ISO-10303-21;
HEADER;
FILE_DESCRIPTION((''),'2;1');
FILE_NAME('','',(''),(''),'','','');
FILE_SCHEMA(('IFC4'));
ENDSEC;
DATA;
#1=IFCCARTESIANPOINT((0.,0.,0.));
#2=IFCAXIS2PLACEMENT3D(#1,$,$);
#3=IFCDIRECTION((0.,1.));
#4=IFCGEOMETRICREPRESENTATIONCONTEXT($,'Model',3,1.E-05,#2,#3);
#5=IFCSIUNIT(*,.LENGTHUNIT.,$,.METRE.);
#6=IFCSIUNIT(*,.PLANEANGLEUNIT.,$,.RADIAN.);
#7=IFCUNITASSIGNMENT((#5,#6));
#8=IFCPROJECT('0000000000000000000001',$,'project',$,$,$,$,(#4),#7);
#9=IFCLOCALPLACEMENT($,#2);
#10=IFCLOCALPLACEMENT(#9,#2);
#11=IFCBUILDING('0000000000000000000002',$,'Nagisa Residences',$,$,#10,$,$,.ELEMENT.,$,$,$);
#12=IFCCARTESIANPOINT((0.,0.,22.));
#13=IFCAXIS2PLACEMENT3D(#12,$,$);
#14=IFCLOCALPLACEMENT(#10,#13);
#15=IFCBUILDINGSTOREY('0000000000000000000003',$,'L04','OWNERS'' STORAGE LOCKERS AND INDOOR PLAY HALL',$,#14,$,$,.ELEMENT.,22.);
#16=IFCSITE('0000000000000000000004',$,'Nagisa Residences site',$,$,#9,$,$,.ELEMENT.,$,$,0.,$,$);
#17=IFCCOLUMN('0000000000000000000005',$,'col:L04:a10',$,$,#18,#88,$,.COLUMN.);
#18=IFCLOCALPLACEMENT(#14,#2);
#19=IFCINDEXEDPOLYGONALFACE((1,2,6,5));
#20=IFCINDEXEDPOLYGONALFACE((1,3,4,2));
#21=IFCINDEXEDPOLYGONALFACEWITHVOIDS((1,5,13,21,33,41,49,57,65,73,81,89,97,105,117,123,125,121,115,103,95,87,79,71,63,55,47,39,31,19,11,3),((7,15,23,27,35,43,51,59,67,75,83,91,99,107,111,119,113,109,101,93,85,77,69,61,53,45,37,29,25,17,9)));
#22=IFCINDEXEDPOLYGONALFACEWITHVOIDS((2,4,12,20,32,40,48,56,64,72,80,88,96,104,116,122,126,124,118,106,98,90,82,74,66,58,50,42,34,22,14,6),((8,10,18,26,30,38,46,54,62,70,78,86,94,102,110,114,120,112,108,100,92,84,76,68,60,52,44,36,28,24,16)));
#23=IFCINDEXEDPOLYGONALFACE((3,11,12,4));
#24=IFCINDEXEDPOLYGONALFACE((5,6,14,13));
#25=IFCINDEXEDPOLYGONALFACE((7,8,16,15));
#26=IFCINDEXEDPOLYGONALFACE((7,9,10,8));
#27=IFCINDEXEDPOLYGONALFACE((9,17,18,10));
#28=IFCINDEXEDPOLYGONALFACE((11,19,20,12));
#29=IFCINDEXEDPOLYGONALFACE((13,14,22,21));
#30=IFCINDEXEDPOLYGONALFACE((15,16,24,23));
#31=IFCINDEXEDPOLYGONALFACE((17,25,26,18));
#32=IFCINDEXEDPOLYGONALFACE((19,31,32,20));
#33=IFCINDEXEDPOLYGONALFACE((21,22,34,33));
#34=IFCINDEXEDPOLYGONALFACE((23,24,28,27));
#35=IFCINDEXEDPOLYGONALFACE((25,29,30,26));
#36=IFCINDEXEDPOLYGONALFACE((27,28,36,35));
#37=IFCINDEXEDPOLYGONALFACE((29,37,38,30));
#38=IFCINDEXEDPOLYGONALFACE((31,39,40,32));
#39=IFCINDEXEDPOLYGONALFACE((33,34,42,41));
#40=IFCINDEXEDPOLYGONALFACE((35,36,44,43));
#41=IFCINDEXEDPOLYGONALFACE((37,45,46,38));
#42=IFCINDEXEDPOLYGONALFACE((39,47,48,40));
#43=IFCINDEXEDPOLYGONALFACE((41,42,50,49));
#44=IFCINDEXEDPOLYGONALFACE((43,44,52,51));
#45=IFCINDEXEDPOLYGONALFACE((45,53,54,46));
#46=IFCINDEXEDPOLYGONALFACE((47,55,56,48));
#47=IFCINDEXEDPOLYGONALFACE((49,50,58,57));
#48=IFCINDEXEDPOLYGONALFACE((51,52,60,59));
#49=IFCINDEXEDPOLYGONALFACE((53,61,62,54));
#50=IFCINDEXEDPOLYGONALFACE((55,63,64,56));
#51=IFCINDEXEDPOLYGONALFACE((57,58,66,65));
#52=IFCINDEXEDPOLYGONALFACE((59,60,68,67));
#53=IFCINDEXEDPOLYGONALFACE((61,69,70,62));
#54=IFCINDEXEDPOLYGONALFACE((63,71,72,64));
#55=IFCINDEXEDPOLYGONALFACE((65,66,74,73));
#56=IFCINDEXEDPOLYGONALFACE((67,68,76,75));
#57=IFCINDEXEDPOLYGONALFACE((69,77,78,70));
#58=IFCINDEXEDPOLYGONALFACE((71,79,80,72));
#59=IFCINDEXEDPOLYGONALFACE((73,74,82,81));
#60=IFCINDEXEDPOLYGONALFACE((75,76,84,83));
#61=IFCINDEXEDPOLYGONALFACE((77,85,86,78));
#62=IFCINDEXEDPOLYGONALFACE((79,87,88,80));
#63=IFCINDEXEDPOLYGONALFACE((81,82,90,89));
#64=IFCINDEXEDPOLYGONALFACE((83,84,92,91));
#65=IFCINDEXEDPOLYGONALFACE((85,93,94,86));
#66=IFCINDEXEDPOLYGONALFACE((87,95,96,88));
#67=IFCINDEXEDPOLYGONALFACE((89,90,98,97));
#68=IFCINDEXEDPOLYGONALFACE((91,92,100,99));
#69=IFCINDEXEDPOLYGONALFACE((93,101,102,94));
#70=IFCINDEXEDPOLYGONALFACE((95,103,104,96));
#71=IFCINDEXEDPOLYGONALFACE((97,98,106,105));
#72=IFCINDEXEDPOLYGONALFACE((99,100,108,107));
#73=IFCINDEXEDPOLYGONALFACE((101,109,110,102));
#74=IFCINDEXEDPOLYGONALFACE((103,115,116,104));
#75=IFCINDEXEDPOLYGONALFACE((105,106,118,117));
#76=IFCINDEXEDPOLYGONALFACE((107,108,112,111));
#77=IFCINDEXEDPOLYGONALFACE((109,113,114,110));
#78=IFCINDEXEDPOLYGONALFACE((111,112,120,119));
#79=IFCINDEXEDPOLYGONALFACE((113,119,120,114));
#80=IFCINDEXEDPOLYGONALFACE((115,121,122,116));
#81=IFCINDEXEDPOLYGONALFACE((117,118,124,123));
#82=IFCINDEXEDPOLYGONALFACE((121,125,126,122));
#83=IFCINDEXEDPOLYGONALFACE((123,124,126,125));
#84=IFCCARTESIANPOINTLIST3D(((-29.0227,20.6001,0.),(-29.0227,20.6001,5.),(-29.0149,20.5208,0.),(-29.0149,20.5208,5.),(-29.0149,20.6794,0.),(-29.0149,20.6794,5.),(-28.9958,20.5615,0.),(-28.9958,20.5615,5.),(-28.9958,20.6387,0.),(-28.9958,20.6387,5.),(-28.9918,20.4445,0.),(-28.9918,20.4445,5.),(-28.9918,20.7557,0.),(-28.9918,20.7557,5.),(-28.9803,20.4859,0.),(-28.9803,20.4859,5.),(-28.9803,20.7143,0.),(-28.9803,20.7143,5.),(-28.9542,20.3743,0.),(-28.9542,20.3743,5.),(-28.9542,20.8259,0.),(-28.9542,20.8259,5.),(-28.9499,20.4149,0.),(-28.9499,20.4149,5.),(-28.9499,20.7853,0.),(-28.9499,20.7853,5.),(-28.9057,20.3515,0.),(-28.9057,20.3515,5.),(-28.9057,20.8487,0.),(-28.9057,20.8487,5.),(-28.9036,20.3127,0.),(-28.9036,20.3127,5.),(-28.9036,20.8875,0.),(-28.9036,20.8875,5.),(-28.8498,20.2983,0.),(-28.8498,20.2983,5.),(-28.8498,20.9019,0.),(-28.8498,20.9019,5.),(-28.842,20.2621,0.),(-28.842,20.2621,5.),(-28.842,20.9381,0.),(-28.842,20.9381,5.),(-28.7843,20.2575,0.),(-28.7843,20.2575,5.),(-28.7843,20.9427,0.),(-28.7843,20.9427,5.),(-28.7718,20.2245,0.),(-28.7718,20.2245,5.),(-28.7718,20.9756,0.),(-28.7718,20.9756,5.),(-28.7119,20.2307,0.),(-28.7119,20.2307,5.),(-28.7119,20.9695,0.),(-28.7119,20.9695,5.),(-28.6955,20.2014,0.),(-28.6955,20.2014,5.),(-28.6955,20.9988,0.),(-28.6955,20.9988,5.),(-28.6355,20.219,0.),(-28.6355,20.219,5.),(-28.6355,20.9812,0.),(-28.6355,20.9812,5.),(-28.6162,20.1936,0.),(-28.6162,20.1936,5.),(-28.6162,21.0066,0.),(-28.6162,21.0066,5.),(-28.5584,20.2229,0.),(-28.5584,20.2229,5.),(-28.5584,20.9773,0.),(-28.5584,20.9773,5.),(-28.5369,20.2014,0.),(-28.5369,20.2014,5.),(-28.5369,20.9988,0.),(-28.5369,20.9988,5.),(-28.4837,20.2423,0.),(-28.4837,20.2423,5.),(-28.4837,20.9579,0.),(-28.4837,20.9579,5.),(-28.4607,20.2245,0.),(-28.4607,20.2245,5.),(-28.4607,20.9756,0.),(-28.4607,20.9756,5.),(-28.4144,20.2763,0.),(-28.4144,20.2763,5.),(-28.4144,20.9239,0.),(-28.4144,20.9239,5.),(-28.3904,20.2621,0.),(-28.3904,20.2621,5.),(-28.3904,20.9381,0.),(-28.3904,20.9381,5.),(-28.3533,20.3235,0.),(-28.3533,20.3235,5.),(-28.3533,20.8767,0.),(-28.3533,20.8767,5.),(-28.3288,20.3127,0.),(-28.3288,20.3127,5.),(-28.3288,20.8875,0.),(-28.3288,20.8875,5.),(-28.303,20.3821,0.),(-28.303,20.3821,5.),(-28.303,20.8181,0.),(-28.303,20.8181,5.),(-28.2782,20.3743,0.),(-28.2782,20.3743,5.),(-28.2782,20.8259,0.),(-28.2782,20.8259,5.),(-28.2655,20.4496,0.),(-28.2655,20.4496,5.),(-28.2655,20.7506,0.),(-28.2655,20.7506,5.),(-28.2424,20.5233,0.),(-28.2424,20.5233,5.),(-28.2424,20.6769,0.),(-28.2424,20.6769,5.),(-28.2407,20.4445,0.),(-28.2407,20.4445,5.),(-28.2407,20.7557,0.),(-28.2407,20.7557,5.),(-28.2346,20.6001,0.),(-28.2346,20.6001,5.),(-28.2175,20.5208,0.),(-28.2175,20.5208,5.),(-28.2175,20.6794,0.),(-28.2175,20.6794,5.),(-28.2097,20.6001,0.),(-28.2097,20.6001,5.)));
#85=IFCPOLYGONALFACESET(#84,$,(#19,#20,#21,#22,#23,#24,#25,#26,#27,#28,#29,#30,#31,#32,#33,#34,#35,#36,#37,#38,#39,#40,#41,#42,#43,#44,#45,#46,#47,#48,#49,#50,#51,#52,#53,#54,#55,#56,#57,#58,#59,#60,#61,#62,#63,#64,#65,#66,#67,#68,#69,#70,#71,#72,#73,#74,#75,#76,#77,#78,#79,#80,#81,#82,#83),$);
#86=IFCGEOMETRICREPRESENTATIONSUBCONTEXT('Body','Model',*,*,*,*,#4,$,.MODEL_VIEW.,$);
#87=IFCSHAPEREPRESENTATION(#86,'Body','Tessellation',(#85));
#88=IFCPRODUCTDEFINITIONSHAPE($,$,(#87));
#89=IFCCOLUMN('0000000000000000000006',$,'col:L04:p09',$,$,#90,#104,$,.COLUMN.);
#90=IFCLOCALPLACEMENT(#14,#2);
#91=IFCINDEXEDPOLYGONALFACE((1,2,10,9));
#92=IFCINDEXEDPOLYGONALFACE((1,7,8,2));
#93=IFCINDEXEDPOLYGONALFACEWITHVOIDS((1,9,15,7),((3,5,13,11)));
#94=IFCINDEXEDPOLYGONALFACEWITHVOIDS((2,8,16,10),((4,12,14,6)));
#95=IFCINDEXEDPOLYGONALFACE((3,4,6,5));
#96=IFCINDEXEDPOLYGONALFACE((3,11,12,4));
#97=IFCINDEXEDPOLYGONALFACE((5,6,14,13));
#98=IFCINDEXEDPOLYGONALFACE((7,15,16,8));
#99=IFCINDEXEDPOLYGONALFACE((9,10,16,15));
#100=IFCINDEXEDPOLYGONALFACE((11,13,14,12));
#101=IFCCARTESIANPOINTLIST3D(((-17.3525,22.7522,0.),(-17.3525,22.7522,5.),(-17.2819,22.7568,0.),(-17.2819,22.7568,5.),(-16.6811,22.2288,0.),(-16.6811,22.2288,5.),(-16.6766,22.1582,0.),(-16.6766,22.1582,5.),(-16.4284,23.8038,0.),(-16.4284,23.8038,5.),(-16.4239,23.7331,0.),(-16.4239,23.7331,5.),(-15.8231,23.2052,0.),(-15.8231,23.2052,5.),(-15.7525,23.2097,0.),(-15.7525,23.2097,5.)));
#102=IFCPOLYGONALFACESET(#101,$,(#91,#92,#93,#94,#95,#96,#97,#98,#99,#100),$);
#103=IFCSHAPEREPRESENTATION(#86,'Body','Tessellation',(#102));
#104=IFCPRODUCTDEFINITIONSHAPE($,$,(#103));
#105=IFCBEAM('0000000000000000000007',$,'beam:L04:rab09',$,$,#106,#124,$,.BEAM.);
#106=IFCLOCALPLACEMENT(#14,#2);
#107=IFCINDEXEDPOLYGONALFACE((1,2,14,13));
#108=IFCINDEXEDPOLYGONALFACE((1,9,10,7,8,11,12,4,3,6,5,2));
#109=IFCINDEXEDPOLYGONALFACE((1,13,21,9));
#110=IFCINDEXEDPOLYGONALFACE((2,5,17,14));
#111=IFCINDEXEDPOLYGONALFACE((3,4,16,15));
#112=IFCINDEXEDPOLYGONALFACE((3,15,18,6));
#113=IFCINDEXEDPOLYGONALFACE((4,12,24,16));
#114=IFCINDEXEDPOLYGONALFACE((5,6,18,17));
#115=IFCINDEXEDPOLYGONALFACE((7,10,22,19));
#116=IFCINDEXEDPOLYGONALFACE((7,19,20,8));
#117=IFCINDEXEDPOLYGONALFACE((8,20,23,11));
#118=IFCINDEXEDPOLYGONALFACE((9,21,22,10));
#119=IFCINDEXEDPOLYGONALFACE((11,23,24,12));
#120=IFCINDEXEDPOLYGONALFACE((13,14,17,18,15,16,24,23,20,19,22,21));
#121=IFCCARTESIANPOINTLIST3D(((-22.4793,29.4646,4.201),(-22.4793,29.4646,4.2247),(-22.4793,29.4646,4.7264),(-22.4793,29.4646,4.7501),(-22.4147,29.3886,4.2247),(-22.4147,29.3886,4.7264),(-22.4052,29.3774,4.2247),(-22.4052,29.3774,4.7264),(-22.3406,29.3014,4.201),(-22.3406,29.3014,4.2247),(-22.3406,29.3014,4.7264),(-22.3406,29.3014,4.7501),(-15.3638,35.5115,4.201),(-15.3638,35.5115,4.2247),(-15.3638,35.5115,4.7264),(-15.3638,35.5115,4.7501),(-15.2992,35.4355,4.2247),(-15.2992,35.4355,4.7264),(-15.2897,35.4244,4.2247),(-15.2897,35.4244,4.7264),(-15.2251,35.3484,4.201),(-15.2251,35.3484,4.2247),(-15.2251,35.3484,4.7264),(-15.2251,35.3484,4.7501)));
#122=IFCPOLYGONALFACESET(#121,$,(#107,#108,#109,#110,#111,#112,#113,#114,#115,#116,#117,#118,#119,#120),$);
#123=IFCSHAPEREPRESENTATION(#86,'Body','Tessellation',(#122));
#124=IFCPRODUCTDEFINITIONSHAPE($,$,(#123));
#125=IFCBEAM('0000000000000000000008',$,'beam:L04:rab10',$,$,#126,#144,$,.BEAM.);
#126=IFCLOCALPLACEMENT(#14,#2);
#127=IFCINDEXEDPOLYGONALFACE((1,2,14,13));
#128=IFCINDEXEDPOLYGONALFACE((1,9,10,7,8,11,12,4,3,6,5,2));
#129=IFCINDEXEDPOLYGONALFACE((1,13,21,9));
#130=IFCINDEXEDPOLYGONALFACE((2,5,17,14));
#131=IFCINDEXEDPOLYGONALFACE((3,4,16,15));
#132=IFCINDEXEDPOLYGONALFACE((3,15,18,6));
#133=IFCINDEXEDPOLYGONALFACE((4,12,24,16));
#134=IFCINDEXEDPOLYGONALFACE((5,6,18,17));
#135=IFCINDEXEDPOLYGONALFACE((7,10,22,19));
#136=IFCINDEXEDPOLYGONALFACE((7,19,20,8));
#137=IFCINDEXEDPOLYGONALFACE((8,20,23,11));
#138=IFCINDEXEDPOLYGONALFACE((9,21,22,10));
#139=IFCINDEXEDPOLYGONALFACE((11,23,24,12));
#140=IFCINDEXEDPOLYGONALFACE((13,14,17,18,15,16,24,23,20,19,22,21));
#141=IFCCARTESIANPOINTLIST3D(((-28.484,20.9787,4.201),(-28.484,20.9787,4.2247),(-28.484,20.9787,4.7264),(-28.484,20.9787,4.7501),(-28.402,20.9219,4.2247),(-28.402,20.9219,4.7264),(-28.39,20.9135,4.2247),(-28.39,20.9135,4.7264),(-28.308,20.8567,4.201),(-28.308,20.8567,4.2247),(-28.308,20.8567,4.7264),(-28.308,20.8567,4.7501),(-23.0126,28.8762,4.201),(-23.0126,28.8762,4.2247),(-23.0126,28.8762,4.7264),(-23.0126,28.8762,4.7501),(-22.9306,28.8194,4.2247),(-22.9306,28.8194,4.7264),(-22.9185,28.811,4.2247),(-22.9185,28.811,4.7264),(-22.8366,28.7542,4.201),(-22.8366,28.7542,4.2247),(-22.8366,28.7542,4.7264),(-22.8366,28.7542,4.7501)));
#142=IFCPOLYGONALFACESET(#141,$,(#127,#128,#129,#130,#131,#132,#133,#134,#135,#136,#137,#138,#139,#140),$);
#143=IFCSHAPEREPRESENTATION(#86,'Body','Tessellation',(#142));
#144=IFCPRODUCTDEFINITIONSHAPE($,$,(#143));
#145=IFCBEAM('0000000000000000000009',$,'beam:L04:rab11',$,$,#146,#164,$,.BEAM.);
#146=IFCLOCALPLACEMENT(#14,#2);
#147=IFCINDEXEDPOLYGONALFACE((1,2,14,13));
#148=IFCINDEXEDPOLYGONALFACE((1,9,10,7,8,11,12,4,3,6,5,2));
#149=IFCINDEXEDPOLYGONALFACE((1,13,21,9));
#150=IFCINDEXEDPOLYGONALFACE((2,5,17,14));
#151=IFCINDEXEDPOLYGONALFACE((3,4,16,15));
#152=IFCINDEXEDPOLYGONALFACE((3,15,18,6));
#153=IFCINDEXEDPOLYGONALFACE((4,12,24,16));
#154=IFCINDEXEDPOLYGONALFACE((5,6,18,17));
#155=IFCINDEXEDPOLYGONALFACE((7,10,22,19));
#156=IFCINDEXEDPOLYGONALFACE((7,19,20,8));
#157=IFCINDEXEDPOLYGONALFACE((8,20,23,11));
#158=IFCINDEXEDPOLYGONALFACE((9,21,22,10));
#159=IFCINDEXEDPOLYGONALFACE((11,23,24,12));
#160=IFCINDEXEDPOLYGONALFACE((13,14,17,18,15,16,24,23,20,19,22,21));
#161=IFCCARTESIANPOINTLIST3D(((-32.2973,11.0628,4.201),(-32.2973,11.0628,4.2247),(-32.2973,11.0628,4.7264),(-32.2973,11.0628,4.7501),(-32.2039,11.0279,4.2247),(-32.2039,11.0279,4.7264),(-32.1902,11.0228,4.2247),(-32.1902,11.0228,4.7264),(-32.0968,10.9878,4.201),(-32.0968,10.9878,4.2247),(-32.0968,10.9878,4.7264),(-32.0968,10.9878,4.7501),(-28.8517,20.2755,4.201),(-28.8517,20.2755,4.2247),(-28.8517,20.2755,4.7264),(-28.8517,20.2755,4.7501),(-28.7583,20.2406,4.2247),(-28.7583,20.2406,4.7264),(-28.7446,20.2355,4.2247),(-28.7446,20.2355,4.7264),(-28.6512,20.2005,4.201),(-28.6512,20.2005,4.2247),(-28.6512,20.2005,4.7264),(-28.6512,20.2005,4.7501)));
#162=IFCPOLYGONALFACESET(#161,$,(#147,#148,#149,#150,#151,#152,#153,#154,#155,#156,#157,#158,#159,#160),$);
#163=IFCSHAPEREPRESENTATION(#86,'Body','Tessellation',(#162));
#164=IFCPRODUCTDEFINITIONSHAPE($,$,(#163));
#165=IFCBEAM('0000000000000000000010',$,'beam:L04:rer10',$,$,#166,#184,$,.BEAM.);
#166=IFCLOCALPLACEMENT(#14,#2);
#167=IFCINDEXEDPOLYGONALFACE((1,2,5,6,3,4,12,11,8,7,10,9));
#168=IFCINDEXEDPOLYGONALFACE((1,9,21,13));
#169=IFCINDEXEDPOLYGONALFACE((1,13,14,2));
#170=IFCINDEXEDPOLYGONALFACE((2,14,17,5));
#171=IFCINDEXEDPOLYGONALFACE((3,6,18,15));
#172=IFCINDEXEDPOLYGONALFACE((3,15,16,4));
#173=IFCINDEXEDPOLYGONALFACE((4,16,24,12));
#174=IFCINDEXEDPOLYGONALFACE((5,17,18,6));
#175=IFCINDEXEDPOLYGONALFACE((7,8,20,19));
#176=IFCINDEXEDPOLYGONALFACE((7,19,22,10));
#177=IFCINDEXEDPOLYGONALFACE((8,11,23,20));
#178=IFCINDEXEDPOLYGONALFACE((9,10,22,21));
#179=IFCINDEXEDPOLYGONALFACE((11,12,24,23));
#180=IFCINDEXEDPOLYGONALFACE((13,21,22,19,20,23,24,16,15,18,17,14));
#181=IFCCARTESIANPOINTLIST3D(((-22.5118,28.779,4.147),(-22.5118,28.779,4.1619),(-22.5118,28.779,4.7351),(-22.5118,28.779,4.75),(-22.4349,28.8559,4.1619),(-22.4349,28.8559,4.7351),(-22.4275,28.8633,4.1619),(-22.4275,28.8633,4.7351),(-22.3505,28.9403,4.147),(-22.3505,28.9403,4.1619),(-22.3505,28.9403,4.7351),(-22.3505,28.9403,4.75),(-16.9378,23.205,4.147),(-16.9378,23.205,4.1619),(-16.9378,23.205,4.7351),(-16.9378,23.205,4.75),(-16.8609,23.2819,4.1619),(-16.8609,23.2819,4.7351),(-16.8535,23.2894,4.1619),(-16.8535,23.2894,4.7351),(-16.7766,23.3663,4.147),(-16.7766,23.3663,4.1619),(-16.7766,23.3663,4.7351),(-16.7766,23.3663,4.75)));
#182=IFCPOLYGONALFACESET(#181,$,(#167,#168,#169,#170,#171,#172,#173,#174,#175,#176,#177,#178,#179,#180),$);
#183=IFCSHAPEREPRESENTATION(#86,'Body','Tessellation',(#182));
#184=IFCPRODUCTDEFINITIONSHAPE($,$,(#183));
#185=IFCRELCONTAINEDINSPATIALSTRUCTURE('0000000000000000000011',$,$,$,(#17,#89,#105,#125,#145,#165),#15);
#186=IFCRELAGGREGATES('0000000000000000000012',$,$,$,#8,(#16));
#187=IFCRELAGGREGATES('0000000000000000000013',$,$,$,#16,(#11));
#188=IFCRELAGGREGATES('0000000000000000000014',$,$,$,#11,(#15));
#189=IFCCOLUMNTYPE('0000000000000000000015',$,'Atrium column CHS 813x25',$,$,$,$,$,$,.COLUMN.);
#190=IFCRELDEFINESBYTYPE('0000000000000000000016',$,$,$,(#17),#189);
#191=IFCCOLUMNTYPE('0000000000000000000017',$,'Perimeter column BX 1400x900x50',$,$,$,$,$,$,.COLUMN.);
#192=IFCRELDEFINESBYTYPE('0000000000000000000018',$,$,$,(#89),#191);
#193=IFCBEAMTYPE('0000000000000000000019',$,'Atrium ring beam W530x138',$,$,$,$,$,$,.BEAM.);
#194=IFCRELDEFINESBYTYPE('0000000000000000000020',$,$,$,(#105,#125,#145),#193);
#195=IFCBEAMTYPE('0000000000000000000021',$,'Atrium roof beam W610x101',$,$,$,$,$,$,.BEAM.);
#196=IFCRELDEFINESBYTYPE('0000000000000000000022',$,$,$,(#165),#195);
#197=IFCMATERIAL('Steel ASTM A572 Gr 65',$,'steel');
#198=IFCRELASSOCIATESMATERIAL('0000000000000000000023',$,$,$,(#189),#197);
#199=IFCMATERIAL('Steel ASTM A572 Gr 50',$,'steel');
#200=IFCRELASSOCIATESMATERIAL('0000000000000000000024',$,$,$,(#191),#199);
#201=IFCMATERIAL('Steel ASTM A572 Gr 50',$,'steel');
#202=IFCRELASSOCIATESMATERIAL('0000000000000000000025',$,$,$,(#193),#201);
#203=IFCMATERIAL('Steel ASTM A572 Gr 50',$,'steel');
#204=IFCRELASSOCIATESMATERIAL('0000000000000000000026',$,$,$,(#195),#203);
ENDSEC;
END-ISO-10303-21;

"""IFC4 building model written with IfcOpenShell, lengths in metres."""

from ifc_helpers import new_model, si_unit, direction, frame, origin, origin_2d, place, context, subcontext, project, spatial, hollow_rectangle, hollow_circle, i_section, extrude, material, material_profile, profile_set, type_object, element, save


model = new_model("IFC4")

# Units and contexts
model_context = context("Model", 3, precision=1e-05, world=origin(), true_north=direction((0.0, 1.0)))
body_context = subcontext(model_context, "Body", "Model", "MODEL_VIEW")
ifc_project = project(units=[si_unit("LENGTHUNIT", "METRE"), si_unit("PLANEANGLEUNIT", "RADIAN")], contexts=[model_context])

# Site, building, storey
site_placement = place(None, origin())
site = spatial("IfcSite", under=ifc_project, at=site_placement, Name="Nagisa Residences site", CompositionType="ELEMENT", RefElevation=0.0)
building_placement = place(site_placement, origin())
building = spatial("IfcBuilding", under=site, at=building_placement, Name="Nagisa Residences", CompositionType="ELEMENT")
storey_placement = place(building_placement, frame((0.0, 0.0, 22.0)))
storey = spatial("IfcBuildingStorey", under=building, at=storey_placement, Name="L04", Description="OWNERS' STORAGE LOCKERS AND INDOOR PLAY HALL", CompositionType="ELEMENT", Elevation=22.0)

# Columns
ifc_material_1 = material(Name="Steel ASTM A572 Gr 65", Category="steel")
ifc_material_profile_1 = material_profile(ifc_material_1, hollow_circle(Radius=0.4065, WallThickness=0.0249, at=origin_2d()), Name="CHS 813x25")
ifc_profile_set_1 = profile_set([ifc_material_profile_1], Name="Steel ASTM A572 Gr 65")
column_type_1 = type_object("IfcColumnType", Name="Atrium column CHS 813x25", PredefinedType="COLUMN", material=ifc_profile_set_1)
for number, where, z_axis, x_axis, name in (
    (1, (-28.6162, 20.6001, 0.0), (0.0, 0.0, 1.0), (1.0, 0.0, 0.0), "col:L04:a10"),
):
    element("IfcColumn", number, at=place(storey_placement, frame(where, z_axis=z_axis, x_axis=x_axis)), inside=storey, type_object=column_type_1, Name=name, PredefinedType="COLUMN", context=body_context, shape_type="SweptSolid", body=[
        extrude(hollow_circle(Radius=0.4065, WallThickness=0.0249, at=origin_2d()), origin(), (0.0, 0.0, 1.0), 5.0),
    ])
ifc_material_2 = material(Name="Steel ASTM A572 Gr 50", Category="steel")
ifc_material_profile_2 = material_profile(ifc_material_2, hollow_rectangle(XDim=1.3999, YDim=0.8999, WallThickness=0.05, at=origin_2d()), Name="BX 1400x900x50")
ifc_profile_set_2 = profile_set([ifc_material_profile_2], Name="Steel ASTM A572 Gr 50")
column_type_2 = type_object("IfcColumnType", Name="Perimeter column BX 1400x900x50", PredefinedType="COLUMN", material=ifc_profile_set_2)
column_placement = place(storey_placement, frame((-16.5525, 22.981, 0.0), z_axis=(0.0, 0.0, 1.0), x_axis=(-0.660115, -0.751165, 0.0)))
element("IfcColumn", 2, at=column_placement, inside=storey, type_object=column_type_2, Name="col:L04:p09", PredefinedType="COLUMN", context=body_context, shape_type="SweptSolid", body=[
    extrude(hollow_rectangle(XDim=1.3999, YDim=0.8999, WallThickness=0.05, at=origin_2d()), origin(), (0.0, 0.0, 1.0), 5.0),
])

# Beams
ifc_material_3 = material(Name="Steel ASTM A572 Gr 50", Category="steel")
ifc_material_profile_3 = material_profile(ifc_material_3, i_section(OverallWidth=0.2141, OverallDepth=0.5491, WebThickness=0.0146, FlangeThickness=0.0237, at=origin_2d()), Name="W530x138")
ifc_profile_set_3 = profile_set([ifc_material_profile_3], Name="Steel ASTM A572 Gr 50")
beam_type_1 = type_object("IfcBeamType", Name="Atrium ring beam W530x138", PredefinedType="BEAM", material=ifc_profile_set_3)
beam_1_placement = place(storey_placement, frame((-15.2944, 35.4299, 4.4756), z_axis=(-0.762007, -0.647569, 0.0), x_axis=(0.647569, -0.762007, 0.0)))
element("IfcBeam", 3, at=beam_1_placement, inside=storey, type_object=beam_type_1, Name="beam:L04:rab09", PredefinedType="BEAM", context=body_context, shape_type="SweptSolid", body=[
    extrude(i_section(OverallWidth=0.2141, OverallDepth=0.5491, WebThickness=0.0146, FlangeThickness=0.0237, at=origin_2d()), origin(), (0.0, 0.0, 1.0), 9.3379),
])
beam_2_placement = place(storey_placement, frame((-22.9246, 28.8152, 4.4756), z_axis=(-0.569489, -0.821999, 0.0), x_axis=(0.821999, -0.569489, 0.0)))
element("IfcBeam", 4, at=beam_2_placement, inside=storey, type_object=beam_type_1, Name="beam:L04:rab10", PredefinedType="BEAM", context=body_context, shape_type="SweptSolid", body=[
    extrude(i_section(OverallWidth=0.2141, OverallDepth=0.5491, WebThickness=0.0146, FlangeThickness=0.0237, at=origin_2d()), origin(), (0.0, 0.0, 1.0), 9.6077),
])
beam_3_placement = place(storey_placement, frame((-28.7515, 20.238, 4.4756), z_axis=(-0.350305, -0.936636, 0.0), x_axis=(0.936636, -0.350305, 0.0)))
element("IfcBeam", 5, at=beam_3_placement, inside=storey, type_object=beam_type_1, Name="beam:L04:rab11", PredefinedType="BEAM", context=body_context, shape_type="SweptSolid", body=[
    extrude(i_section(OverallWidth=0.2141, OverallDepth=0.5491, WebThickness=0.0146, FlangeThickness=0.0237, at=origin_2d()), origin(), (0.0, 0.0, 1.0), 9.8359),
])
ifc_material_4 = material(Name="Steel ASTM A572 Gr 50", Category="steel")
ifc_material_profile_4 = material_profile(ifc_material_4, i_section(OverallWidth=0.228, OverallDepth=0.603, WebThickness=0.0105, FlangeThickness=0.0149, at=origin_2d()), Name="W610x101")
ifc_profile_set_4 = profile_set([ifc_material_profile_4], Name="Steel ASTM A572 Gr 50")
beam_type_2 = type_object("IfcBeamType", Name="Atrium roof beam W610x101", PredefinedType="BEAM", material=ifc_profile_set_4)
beam_4_placement = place(storey_placement, frame((-16.8572, 23.2856, 4.4485), z_axis=(-0.707107, 0.707107, 0.0), x_axis=(-0.707107, -0.707107, 0.0)))
element("IfcBeam", 6, at=beam_4_placement, inside=storey, type_object=beam_type_2, Name="beam:L04:rer10", PredefinedType="BEAM", context=body_context, shape_type="SweptSolid", body=[
    extrude(i_section(OverallWidth=0.228, OverallDepth=0.603, WebThickness=0.0105, FlangeThickness=0.0149, at=origin_2d()), origin(), (0.0, 0.0, 1.0), 7.8828),
])

save(model, "model.ifc")
